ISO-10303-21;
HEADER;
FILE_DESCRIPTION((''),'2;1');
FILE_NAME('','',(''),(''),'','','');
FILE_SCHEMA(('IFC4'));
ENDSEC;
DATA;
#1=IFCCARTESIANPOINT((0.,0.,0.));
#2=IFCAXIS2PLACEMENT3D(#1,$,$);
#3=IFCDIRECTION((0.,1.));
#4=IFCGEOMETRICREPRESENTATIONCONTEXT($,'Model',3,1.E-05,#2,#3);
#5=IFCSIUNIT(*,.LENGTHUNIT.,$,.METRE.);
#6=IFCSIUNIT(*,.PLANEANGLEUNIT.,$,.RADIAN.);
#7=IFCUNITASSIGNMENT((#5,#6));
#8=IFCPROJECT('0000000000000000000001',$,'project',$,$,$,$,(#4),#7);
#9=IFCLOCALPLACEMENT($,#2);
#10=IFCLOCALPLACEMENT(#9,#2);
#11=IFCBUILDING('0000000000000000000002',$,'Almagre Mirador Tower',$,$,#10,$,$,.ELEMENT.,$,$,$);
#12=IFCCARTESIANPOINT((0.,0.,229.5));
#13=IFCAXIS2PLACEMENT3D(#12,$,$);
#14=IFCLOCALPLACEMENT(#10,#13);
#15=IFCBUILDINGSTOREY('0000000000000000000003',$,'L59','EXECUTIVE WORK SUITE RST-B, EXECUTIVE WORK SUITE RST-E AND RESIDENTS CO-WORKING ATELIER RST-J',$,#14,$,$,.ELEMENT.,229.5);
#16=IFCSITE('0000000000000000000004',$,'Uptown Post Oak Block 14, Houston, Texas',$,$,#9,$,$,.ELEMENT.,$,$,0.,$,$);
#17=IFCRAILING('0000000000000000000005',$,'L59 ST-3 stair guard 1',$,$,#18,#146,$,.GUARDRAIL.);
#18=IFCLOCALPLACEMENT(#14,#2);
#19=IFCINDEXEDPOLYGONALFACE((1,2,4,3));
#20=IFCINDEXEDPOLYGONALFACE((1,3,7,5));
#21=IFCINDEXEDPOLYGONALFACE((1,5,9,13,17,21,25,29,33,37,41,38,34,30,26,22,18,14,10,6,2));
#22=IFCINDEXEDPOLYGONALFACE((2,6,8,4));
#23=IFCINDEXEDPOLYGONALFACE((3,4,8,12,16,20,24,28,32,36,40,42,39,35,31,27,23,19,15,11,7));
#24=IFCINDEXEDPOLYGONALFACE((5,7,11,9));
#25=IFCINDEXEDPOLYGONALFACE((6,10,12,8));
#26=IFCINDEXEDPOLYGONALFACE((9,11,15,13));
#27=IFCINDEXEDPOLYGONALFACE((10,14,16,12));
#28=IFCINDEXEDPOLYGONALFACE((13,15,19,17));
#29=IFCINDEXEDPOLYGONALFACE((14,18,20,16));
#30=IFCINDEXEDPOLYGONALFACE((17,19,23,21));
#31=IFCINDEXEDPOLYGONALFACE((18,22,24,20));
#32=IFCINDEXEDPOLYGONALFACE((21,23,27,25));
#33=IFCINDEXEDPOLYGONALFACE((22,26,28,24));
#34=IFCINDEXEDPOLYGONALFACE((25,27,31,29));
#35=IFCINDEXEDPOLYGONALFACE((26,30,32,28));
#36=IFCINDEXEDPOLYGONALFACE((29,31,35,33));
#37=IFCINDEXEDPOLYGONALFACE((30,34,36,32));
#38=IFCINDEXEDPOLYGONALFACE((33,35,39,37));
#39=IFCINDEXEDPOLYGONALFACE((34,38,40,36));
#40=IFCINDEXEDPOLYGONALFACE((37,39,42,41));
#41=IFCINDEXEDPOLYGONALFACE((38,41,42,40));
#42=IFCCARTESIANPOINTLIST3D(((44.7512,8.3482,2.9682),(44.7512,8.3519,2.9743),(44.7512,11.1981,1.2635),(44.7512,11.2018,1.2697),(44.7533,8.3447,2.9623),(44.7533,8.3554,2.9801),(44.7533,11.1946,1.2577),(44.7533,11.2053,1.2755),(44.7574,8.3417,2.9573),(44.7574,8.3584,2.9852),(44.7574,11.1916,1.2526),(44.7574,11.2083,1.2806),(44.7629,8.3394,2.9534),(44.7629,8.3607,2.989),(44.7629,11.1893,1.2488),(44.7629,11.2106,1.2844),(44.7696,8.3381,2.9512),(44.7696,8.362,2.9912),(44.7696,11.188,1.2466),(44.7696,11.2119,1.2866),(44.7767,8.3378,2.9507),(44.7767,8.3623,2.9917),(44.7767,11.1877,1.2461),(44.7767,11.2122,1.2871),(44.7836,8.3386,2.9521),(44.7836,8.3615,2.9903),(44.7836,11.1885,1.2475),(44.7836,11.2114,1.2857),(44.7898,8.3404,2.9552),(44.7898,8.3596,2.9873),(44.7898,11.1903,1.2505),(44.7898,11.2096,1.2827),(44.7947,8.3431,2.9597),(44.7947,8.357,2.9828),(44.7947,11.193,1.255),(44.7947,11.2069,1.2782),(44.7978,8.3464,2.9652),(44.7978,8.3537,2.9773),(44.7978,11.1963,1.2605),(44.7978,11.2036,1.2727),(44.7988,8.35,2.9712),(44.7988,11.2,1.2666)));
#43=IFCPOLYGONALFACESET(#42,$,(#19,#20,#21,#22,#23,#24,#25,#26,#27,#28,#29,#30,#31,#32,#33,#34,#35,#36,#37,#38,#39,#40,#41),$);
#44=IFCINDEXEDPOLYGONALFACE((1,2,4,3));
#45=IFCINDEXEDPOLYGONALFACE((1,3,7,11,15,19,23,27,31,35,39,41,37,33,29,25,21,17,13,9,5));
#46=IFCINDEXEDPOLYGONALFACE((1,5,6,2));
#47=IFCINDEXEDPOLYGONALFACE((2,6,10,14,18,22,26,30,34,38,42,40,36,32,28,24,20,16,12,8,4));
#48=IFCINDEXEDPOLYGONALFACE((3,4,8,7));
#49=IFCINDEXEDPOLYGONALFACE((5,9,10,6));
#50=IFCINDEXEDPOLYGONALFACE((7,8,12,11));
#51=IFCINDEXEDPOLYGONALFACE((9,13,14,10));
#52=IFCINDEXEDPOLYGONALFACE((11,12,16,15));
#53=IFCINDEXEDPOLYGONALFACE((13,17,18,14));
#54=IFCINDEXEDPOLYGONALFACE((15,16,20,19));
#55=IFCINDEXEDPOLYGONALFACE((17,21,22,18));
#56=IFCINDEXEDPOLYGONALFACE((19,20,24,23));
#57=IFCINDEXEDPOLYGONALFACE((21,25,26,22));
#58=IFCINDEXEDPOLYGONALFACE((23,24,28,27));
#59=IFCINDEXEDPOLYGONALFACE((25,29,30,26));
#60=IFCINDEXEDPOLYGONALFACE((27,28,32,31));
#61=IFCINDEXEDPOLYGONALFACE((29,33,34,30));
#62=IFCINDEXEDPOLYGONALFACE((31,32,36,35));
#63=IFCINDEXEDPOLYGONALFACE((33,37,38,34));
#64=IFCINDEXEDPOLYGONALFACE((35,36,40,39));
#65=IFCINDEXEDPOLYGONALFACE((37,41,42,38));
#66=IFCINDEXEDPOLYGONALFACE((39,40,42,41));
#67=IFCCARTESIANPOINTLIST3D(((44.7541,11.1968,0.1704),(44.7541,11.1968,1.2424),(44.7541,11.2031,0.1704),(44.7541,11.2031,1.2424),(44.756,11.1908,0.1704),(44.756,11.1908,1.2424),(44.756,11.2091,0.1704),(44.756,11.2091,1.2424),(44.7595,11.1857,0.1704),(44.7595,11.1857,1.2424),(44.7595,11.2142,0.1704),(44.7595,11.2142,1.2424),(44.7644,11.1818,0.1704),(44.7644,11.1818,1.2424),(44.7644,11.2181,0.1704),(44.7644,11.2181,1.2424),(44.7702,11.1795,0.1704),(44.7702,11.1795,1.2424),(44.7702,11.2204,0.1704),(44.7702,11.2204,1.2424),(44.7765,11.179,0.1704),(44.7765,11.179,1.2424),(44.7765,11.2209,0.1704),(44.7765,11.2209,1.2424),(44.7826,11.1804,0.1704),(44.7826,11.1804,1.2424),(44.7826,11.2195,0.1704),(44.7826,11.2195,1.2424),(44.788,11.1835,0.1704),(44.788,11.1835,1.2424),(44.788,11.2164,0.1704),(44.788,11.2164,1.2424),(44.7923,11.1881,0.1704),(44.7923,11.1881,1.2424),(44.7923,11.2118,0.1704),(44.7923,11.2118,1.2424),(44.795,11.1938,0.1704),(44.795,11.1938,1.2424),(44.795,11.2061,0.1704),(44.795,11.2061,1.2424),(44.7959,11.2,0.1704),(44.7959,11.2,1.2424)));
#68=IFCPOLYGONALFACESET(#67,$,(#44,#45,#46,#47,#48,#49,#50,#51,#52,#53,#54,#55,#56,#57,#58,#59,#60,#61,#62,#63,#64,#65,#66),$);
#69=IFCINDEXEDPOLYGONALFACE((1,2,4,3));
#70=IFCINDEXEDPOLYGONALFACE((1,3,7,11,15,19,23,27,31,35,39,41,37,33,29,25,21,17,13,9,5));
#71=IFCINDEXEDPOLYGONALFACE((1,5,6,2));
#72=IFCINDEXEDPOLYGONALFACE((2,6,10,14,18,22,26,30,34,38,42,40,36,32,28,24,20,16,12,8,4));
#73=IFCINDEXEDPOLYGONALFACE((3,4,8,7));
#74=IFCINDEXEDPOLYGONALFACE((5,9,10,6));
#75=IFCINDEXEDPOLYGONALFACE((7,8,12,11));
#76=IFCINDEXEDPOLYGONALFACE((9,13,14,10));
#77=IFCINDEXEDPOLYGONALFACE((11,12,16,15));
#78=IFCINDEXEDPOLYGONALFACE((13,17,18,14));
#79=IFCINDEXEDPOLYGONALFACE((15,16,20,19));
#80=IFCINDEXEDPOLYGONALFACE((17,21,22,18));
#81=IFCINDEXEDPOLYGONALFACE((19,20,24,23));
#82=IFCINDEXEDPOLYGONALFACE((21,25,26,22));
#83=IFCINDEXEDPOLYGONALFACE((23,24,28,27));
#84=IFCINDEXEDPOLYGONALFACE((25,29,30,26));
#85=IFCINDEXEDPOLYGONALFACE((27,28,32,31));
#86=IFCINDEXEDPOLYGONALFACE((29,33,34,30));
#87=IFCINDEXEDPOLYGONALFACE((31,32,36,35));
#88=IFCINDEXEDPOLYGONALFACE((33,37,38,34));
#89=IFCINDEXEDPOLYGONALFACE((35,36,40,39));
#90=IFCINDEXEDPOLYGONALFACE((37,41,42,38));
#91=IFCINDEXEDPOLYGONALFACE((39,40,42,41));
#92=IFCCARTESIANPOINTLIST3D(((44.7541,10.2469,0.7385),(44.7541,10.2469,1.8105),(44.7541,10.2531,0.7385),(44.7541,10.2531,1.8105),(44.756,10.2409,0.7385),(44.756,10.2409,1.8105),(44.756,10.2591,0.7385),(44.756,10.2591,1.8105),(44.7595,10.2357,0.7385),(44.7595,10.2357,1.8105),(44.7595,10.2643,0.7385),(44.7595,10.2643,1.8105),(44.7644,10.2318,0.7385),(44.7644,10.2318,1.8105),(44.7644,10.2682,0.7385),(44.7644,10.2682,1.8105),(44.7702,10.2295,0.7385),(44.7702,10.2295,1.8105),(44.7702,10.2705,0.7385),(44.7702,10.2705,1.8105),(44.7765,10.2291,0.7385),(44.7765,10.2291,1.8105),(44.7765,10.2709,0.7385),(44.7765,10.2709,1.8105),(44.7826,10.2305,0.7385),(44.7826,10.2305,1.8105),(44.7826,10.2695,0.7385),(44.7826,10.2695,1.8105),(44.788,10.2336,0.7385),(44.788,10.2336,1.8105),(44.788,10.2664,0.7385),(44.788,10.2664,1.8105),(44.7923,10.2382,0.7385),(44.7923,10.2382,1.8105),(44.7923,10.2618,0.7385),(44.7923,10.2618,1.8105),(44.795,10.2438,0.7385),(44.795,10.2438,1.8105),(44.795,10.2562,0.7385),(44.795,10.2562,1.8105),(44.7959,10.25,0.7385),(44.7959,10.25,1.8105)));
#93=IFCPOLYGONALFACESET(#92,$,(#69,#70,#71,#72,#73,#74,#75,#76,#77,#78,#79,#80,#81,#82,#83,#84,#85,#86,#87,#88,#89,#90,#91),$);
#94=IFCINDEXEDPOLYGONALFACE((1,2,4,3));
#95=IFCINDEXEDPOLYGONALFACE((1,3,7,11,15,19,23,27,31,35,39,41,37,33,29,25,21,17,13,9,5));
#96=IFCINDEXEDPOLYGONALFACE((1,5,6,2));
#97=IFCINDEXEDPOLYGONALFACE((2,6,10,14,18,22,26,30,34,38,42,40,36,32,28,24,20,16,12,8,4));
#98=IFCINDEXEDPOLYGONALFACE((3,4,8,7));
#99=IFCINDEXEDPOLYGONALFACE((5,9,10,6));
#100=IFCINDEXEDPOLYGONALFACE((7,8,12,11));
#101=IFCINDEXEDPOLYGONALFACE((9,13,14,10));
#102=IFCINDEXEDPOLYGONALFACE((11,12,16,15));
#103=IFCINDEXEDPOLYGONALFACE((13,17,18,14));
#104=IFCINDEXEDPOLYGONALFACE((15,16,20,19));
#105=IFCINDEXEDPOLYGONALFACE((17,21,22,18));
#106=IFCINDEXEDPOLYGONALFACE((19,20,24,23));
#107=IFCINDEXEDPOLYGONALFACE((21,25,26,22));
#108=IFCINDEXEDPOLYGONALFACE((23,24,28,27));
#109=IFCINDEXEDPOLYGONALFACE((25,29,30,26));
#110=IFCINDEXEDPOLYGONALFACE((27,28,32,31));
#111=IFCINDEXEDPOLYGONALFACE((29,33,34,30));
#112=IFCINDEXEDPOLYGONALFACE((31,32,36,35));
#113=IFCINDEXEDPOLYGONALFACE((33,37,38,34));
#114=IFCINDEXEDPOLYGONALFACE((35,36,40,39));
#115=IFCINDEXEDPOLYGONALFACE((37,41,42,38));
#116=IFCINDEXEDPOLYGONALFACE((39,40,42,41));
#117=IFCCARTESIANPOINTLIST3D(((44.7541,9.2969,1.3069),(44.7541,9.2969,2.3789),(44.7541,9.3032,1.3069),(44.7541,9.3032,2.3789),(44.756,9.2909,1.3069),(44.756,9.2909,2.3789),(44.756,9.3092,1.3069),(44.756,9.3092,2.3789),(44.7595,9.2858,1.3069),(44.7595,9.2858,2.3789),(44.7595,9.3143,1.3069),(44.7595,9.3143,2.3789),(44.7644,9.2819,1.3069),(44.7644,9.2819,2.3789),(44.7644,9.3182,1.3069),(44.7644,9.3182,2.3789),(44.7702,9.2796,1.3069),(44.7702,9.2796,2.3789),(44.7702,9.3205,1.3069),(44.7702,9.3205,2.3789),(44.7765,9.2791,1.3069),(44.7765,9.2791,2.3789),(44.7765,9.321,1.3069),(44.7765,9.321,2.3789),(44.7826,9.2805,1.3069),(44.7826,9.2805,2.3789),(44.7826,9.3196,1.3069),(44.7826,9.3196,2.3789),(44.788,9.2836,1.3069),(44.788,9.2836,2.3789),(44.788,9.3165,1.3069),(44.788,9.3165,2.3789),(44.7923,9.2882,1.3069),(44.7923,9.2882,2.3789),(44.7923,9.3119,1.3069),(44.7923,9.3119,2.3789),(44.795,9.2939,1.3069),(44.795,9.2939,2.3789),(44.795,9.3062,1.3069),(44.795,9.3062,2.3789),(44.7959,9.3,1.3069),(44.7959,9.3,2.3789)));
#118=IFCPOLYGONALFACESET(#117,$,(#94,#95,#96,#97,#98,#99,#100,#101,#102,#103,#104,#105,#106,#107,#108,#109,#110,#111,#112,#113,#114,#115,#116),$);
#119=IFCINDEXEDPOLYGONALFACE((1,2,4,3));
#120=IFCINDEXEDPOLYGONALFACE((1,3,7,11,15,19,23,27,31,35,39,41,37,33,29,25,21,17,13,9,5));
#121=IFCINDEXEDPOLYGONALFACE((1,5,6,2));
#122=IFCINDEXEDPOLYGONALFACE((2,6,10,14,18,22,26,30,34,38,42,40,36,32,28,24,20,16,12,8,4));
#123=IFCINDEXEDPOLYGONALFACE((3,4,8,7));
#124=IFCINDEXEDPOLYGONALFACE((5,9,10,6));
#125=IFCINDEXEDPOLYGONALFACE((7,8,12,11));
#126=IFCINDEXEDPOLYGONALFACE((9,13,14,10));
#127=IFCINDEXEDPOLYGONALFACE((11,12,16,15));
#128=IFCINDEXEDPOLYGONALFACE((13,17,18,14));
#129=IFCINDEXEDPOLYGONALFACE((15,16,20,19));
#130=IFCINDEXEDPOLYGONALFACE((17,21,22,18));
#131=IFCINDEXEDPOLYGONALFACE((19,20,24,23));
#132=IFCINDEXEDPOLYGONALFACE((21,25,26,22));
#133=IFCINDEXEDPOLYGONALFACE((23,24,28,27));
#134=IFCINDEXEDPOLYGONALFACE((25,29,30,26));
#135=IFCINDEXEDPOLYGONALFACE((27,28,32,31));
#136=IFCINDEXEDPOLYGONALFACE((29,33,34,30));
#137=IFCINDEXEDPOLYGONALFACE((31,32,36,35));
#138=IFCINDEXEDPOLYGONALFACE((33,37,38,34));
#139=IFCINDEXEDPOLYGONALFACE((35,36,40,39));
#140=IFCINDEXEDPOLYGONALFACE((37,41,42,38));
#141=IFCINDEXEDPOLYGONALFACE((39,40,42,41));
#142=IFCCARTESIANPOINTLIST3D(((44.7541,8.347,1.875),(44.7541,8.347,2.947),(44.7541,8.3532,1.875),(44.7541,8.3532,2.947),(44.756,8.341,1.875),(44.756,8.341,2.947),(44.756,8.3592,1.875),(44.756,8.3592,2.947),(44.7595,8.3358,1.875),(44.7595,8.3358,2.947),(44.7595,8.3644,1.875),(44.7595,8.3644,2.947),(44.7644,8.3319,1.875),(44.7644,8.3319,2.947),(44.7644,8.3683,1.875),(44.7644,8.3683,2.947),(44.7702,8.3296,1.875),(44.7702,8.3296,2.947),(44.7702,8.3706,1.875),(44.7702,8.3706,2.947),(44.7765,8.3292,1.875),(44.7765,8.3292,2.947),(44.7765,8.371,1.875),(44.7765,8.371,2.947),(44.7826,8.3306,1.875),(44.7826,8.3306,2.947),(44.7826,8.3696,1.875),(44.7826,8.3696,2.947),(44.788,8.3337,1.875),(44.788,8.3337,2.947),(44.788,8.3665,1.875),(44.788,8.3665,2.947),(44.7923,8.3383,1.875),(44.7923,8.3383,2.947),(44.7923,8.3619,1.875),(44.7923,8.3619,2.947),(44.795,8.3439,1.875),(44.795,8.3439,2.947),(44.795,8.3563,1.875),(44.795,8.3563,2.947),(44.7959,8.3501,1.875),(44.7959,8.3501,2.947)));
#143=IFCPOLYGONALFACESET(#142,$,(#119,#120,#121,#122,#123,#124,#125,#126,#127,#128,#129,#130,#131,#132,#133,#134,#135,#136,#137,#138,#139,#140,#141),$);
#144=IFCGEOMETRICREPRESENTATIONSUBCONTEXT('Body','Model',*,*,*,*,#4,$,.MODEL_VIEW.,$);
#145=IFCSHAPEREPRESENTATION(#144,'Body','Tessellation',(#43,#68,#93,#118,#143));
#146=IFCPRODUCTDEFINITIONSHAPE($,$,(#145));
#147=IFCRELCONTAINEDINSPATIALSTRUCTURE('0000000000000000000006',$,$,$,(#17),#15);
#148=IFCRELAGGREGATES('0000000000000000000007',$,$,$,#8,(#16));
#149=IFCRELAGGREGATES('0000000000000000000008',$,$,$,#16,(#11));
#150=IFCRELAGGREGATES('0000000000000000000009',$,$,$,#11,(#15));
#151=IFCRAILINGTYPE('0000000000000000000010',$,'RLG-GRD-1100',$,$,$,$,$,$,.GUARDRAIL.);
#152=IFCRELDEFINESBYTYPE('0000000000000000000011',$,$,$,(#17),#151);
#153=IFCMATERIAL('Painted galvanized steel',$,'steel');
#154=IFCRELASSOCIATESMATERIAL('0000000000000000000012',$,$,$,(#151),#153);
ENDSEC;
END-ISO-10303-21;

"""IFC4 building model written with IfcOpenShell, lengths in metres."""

from ifc_helpers import new_model, si_unit, direction, frame, origin, origin_2d, place, context, subcontext, project, spatial, circle, extrude, material, type_object, element, save


model = new_model("IFC4")

# Units and contexts
model_context = context("Model", 3, precision=1e-05, world=origin(), true_north=direction((0.0, 1.0)))
body_context = subcontext(model_context, "Body", "Model", "MODEL_VIEW")
ifc_project = project(units=[si_unit("LENGTHUNIT", "METRE"), si_unit("PLANEANGLEUNIT", "RADIAN")], contexts=[model_context])

# Site, building, storey
site_placement = place(None, origin())
site = spatial("IfcSite", under=ifc_project, at=site_placement, Name="Uptown Post Oak Block 14, Houston, Texas", CompositionType="ELEMENT", RefElevation=0.0)
building_placement = place(site_placement, origin())
building = spatial("IfcBuilding", under=site, at=building_placement, Name="Almagre Mirador Tower", CompositionType="ELEMENT")
storey_placement = place(building_placement, frame((0.0, 0.0, 229.5)))
storey = spatial("IfcBuildingStorey", under=building, at=storey_placement, Name="L59", Description="EXECUTIVE WORK SUITE RST-B, EXECUTIVE WORK SUITE RST-E AND RESIDENTS CO-WORKING ATELIER RST-J", CompositionType="ELEMENT", Elevation=229.5)

# Railing
ifc_material_1 = material(Name="Painted galvanized steel", Category="steel")
railing_type_1 = type_object("IfcRailingType", Name="RLG-GRD-1100", PredefinedType="GUARDRAIL", material=ifc_material_1)
railing_1_placement = place(storey_placement, frame((44.7749, 11.2, 0.1704)))
element("IfcRailing", 1, at=railing_1_placement, inside=storey, type_object=railing_type_1, Name="L59 ST-3 stair guard 1", PredefinedType="GUARDRAIL", context=body_context, shape_type="SweptSolid", body=[
    extrude(circle(Radius=0.0239, at=origin_2d()), frame((0.0, 0.0, 1.0962), z_axis=(0.0, -0.858199, 0.513317), x_axis=(1.0, 0.0, 0.0)), (0.0, 0.0, 1.0), 3.3208),
    extrude(circle(Radius=0.021, at=origin_2d()), origin(), (0.0, 0.0, 1.0), 1.072),
    extrude(circle(Radius=0.021, at=origin_2d()), frame((0.0, -0.95, 0.5681)), (0.0, 0.0, 1.0), 1.072),
    extrude(circle(Radius=0.021, at=origin_2d()), frame((0.0, -1.8999, 1.1365)), (0.0, 0.0, 1.0), 1.072),
    extrude(circle(Radius=0.021, at=origin_2d()), frame((0.0, -2.8499, 1.7046)), (0.0, 0.0, 1.0), 1.072),
])

save(model, "model.ifc")
